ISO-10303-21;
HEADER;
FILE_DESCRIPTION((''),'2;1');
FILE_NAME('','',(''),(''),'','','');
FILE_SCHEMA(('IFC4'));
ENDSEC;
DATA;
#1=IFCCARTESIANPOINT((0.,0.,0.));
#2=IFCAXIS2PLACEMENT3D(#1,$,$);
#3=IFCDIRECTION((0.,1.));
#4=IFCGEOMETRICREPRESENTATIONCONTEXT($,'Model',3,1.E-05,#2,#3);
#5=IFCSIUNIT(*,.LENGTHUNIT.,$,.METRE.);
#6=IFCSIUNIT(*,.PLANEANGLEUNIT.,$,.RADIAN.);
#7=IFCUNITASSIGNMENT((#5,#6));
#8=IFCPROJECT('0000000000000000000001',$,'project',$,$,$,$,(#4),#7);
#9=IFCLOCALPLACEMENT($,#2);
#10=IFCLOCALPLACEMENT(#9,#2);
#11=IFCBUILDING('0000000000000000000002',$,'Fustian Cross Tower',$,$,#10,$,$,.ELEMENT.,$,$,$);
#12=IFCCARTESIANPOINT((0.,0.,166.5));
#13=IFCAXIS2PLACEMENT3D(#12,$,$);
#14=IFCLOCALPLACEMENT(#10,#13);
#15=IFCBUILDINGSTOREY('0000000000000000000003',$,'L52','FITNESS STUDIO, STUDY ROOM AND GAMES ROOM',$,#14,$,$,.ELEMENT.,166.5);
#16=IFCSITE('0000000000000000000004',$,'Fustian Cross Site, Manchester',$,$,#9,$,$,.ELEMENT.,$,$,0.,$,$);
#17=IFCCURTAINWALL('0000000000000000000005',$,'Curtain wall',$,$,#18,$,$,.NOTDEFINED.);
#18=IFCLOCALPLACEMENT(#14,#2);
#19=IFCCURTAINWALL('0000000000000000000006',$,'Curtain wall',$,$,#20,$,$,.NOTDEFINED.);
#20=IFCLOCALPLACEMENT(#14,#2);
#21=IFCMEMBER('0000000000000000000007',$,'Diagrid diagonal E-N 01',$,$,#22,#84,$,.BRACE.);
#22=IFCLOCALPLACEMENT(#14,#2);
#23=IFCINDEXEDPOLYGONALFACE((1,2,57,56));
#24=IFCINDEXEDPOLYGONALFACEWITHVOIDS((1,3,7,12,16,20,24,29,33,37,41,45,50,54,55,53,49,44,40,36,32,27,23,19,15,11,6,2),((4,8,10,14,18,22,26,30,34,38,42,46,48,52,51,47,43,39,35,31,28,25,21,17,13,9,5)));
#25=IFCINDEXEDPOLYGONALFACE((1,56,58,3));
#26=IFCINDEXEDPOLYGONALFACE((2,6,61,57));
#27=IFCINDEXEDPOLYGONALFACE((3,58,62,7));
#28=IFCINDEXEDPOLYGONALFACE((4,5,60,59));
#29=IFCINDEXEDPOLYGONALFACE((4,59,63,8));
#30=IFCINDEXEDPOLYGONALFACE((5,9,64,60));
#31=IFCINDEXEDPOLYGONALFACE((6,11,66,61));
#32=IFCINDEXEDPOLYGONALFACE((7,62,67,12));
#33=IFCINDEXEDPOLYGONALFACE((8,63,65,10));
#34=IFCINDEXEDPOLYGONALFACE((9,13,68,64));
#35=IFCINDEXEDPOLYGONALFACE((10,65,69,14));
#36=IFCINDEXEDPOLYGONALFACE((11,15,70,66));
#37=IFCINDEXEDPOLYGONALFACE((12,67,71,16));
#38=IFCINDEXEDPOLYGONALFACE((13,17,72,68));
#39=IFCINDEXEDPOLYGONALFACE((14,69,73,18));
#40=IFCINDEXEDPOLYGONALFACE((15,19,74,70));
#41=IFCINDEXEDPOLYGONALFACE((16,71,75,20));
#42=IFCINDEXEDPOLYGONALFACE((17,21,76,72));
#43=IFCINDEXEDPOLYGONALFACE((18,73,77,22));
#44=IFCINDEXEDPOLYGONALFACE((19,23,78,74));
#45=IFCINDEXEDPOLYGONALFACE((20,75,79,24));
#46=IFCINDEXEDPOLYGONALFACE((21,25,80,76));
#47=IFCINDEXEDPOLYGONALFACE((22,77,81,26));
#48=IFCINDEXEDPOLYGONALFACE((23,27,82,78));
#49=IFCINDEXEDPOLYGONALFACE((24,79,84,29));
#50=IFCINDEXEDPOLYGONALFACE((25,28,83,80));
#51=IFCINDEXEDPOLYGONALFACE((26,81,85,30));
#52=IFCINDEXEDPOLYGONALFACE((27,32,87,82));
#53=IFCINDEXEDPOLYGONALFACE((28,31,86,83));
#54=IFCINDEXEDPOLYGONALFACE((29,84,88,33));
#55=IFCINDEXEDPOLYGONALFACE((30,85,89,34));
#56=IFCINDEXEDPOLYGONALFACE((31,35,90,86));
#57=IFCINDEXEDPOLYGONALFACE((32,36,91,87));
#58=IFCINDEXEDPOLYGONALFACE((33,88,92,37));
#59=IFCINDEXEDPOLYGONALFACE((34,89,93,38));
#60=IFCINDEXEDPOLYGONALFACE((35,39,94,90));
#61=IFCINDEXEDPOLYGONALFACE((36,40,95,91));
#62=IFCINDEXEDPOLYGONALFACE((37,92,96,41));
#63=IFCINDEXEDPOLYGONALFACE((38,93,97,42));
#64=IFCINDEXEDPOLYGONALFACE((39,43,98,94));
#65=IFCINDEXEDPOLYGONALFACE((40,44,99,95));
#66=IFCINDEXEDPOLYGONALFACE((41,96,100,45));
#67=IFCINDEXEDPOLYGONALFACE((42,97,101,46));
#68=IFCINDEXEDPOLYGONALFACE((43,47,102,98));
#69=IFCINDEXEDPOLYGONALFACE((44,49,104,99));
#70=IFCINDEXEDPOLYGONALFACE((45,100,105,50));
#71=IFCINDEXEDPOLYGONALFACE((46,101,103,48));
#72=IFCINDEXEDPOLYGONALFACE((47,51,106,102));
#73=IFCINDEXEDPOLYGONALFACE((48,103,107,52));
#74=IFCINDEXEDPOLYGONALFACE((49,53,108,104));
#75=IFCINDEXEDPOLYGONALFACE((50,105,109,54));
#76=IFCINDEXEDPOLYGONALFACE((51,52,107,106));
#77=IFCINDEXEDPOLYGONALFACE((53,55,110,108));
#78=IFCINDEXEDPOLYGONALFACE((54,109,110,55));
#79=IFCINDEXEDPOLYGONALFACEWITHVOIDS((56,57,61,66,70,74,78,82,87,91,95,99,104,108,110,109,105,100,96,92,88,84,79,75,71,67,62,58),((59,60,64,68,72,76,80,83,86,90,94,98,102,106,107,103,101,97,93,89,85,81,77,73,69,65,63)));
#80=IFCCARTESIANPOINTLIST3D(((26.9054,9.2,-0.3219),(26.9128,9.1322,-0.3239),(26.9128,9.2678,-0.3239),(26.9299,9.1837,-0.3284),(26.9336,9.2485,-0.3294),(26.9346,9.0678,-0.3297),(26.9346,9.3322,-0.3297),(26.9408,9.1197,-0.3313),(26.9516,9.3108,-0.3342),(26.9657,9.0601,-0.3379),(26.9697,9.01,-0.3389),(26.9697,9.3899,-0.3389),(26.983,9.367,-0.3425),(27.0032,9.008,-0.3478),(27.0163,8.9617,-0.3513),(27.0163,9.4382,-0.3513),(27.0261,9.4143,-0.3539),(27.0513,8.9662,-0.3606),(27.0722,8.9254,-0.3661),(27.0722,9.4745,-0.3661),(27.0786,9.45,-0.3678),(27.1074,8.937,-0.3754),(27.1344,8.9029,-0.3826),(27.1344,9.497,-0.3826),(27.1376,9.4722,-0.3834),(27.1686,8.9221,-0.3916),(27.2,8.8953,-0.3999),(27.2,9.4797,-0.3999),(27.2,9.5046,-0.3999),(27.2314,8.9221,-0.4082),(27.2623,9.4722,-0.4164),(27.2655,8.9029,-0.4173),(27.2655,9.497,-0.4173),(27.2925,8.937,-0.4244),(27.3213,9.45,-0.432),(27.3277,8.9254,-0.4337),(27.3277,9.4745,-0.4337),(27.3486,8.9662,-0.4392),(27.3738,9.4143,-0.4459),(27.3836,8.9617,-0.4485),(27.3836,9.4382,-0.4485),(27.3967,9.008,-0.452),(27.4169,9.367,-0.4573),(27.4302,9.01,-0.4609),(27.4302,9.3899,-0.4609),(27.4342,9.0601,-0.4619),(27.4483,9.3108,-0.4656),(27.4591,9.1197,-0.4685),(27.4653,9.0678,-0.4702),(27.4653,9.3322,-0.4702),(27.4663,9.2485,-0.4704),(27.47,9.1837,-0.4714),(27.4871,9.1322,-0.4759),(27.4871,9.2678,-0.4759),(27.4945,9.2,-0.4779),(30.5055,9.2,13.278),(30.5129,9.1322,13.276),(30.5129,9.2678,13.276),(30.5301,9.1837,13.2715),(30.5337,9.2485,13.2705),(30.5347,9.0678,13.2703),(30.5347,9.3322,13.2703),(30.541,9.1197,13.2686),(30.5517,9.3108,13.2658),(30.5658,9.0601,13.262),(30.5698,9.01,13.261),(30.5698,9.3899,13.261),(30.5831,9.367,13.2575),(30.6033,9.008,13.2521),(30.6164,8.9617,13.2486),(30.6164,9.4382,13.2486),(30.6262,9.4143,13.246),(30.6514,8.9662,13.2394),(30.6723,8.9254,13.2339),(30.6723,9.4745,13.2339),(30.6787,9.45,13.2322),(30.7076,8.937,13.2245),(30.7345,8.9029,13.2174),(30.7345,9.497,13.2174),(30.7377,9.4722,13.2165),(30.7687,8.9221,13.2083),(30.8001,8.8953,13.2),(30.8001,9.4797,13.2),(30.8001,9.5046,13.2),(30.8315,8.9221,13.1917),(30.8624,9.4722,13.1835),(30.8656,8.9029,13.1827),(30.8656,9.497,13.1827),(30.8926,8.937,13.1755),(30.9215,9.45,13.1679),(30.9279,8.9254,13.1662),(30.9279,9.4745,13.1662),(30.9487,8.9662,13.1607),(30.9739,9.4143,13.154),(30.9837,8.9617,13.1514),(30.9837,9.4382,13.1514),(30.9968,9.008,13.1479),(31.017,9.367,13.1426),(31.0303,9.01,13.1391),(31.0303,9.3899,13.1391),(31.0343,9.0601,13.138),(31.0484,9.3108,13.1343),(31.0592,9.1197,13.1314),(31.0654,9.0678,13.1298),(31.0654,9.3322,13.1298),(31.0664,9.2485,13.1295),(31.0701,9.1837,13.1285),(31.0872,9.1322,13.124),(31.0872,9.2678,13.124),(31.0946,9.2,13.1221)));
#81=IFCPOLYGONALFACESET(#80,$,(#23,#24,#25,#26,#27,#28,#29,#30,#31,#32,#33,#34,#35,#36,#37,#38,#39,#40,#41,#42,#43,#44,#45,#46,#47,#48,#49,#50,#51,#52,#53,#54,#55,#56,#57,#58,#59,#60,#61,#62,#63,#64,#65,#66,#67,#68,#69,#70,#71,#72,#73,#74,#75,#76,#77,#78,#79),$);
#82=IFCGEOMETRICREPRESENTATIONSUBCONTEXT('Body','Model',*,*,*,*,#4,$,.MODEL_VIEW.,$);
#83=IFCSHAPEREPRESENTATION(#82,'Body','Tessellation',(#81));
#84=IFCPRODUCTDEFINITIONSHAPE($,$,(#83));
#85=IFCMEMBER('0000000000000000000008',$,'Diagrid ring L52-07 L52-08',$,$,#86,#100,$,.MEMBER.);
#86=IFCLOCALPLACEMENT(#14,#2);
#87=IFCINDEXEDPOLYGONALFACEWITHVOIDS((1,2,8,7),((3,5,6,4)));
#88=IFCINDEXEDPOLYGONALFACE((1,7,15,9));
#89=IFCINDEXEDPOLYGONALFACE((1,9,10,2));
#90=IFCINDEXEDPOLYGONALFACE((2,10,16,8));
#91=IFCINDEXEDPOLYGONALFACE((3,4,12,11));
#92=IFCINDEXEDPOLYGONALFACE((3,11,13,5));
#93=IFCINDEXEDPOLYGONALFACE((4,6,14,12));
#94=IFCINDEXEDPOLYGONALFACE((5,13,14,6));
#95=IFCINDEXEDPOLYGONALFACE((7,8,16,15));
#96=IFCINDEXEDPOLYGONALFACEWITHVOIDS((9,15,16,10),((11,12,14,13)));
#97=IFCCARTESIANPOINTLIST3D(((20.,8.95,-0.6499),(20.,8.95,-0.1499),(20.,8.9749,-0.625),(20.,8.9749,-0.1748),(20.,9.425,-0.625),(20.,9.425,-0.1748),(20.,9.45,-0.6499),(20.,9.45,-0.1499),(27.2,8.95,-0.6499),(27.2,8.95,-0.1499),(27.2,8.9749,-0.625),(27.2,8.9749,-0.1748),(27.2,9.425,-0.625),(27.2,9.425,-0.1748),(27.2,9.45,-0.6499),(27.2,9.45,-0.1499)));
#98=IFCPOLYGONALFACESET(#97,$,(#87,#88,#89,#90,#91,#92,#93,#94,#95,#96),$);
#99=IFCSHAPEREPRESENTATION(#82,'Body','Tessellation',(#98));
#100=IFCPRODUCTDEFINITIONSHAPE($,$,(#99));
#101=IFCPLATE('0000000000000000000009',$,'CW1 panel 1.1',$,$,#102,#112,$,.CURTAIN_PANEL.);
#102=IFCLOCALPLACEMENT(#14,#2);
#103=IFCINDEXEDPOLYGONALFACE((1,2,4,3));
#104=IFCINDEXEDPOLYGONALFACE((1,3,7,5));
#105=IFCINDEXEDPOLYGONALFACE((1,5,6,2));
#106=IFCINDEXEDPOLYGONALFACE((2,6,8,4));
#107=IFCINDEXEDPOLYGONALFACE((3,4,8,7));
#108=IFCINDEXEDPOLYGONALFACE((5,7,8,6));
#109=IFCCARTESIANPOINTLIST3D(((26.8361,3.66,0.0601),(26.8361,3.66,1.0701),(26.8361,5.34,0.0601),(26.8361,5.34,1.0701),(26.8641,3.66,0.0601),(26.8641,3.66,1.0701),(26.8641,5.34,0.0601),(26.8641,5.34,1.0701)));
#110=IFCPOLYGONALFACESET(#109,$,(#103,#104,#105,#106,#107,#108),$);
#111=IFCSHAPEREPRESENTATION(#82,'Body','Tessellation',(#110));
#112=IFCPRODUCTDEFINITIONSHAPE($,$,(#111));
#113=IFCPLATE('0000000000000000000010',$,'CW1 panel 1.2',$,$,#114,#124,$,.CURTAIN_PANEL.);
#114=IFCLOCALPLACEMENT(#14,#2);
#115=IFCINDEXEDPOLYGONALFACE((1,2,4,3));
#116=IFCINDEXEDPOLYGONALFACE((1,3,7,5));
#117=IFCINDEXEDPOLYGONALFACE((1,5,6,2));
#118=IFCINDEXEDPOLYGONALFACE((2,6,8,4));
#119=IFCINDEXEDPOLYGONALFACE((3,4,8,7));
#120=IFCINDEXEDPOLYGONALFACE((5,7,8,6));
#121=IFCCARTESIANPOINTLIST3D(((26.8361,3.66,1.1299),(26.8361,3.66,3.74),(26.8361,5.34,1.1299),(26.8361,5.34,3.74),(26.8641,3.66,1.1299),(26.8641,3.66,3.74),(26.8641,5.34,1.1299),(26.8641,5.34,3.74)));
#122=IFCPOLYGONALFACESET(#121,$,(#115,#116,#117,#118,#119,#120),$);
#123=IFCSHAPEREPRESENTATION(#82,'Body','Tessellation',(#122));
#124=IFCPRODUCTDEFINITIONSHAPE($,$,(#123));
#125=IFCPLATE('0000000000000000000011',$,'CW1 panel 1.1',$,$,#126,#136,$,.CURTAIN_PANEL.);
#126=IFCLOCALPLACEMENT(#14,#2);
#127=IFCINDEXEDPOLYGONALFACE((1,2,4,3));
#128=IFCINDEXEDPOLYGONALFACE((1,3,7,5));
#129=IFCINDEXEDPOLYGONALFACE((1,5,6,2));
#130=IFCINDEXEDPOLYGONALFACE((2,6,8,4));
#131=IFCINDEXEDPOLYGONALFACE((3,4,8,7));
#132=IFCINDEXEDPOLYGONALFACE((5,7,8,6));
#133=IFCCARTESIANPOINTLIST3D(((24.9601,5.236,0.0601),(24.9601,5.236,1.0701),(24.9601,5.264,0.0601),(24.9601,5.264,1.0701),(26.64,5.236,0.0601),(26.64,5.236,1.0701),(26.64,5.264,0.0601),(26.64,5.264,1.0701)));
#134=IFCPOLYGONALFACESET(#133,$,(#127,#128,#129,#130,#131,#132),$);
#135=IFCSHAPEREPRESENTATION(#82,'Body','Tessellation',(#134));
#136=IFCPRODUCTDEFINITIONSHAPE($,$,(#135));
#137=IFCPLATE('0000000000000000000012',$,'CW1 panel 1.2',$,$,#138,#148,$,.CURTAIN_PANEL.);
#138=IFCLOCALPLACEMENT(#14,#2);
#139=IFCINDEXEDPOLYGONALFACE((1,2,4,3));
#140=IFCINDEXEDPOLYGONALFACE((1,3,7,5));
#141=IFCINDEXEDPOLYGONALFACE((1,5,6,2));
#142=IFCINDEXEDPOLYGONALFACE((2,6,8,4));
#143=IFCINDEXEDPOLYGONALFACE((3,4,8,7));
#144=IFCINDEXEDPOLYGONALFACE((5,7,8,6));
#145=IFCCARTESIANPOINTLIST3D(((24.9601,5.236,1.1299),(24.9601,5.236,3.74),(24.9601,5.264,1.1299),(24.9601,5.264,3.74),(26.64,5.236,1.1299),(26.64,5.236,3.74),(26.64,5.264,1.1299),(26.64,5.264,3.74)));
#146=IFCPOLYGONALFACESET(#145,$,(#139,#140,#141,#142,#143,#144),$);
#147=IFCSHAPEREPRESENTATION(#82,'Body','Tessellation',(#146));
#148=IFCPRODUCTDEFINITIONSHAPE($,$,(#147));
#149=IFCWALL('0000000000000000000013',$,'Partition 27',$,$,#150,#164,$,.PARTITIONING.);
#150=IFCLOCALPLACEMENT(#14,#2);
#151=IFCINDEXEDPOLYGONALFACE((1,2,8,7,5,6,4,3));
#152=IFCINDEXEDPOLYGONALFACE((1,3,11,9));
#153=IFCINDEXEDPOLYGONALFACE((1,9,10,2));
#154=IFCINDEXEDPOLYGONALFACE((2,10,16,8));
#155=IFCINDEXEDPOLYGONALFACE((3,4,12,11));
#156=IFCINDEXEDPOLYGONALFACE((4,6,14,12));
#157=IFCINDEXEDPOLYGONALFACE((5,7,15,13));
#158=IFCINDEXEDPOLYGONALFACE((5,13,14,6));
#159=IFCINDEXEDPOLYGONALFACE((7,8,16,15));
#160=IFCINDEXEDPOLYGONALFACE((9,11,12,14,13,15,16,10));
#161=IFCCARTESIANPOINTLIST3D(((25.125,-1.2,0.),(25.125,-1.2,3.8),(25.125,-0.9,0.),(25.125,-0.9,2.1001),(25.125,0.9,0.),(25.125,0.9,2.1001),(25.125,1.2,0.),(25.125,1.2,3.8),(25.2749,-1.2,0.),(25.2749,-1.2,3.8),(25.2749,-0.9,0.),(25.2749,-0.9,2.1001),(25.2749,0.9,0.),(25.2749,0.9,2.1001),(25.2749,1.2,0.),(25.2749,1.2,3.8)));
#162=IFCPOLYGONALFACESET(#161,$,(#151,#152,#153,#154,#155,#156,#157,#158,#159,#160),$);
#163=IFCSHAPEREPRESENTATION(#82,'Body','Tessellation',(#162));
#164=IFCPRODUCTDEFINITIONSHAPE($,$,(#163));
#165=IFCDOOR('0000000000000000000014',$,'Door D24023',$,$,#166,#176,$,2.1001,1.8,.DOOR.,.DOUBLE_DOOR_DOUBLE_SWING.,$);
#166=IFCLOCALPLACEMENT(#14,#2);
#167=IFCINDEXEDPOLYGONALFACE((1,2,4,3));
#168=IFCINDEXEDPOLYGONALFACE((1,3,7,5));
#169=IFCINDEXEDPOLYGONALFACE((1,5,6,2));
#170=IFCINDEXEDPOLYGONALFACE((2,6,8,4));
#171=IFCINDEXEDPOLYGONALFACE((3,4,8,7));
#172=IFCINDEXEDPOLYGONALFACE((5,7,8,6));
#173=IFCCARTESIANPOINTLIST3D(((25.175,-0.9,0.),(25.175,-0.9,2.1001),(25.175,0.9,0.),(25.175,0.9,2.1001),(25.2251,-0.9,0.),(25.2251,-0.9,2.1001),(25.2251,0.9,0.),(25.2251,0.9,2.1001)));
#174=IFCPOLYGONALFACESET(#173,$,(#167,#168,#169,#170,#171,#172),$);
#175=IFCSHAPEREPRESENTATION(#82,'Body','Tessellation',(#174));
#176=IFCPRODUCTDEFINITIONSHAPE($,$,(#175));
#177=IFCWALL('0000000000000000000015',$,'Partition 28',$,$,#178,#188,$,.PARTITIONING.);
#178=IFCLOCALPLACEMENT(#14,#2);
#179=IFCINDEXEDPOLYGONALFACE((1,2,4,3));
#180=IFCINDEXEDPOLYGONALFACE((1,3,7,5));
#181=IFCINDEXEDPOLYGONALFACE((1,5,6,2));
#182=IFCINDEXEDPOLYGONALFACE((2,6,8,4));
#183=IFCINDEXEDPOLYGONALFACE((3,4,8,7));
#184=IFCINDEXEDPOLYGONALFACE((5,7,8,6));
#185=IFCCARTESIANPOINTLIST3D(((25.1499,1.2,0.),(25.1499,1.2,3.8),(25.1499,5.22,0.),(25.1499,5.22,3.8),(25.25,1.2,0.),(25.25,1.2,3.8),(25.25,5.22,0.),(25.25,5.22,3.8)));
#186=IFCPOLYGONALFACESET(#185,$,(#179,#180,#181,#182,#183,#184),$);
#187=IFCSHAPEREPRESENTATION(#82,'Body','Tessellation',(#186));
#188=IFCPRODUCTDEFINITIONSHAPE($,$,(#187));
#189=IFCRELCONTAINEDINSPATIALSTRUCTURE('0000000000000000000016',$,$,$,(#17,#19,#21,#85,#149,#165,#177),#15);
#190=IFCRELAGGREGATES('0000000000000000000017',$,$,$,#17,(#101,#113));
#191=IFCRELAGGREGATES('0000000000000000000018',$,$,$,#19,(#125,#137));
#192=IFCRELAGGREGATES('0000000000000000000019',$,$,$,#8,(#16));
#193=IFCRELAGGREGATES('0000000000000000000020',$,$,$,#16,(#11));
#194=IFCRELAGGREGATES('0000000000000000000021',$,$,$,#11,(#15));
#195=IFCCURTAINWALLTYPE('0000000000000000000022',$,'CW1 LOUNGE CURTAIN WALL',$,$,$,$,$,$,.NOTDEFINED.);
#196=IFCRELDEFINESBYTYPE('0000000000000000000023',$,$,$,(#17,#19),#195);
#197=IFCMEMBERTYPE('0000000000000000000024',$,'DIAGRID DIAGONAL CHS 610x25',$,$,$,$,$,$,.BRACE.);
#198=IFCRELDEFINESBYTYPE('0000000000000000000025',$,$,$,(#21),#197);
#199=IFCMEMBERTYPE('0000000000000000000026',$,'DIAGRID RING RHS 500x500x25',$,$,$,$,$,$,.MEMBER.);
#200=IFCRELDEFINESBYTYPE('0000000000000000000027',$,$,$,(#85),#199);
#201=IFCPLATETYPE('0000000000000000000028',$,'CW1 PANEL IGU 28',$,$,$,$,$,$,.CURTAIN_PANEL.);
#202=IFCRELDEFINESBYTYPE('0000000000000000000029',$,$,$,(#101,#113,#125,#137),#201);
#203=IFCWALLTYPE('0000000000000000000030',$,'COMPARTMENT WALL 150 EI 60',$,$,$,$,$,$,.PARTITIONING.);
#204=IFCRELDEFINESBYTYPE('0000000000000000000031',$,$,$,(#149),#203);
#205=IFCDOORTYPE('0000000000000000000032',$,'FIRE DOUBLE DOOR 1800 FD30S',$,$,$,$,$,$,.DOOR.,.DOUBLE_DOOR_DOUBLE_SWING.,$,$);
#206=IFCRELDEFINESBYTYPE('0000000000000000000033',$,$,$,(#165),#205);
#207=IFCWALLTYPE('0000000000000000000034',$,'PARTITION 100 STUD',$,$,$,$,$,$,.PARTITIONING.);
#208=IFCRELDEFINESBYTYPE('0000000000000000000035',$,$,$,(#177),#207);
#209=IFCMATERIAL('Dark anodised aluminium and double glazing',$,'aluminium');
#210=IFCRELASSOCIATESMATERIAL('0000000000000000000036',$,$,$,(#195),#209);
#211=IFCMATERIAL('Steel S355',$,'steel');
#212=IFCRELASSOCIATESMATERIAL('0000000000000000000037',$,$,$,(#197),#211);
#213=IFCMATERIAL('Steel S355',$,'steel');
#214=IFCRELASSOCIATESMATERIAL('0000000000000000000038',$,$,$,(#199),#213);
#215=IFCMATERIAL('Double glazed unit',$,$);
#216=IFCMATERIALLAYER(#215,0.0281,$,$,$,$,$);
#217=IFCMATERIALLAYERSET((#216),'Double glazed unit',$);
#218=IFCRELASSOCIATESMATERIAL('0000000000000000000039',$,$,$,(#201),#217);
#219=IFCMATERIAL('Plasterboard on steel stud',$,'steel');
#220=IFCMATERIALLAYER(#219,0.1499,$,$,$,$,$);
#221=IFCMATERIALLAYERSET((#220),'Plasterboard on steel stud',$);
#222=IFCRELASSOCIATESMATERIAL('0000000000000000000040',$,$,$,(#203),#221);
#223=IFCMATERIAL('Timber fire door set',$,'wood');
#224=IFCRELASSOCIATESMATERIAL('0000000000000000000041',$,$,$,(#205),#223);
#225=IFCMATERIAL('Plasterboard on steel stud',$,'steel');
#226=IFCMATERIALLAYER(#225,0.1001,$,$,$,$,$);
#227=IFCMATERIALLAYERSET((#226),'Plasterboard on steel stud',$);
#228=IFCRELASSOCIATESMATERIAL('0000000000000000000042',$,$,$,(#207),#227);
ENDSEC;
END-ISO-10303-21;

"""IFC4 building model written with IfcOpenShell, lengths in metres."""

from ifc_helpers import new_model, si_unit, direction, frame, frame_2d, origin, origin_2d, place, context, subcontext, project, spatial, rectangle, hollow_rectangle, hollow_circle, extrude, material, layer, layer_set, material_profile, profile_set, type_object, element, fill, aggregate, save


model = new_model("IFC4")

# Units and contexts
model_context = context("Model", 3, precision=1e-05, world=origin(), true_north=direction((0.0, 1.0)))
body_context = subcontext(model_context, "Body", "Model", "MODEL_VIEW")
ifc_project = project(units=[si_unit("LENGTHUNIT", "METRE"), si_unit("PLANEANGLEUNIT", "RADIAN")], contexts=[model_context])

# Site, building, storey
site_placement = place(None, origin())
site = spatial("IfcSite", under=ifc_project, at=site_placement, Name="Fustian Cross Site, Manchester", CompositionType="ELEMENT", RefElevation=0.0)
building_placement = place(site_placement, origin())
building = spatial("IfcBuilding", under=site, at=building_placement, Name="Fustian Cross Tower", CompositionType="ELEMENT")
storey_placement = place(building_placement, frame((0.0, 0.0, 166.5)))
storey = spatial("IfcBuildingStorey", under=building, at=storey_placement, Name="L52", Description="FITNESS STUDIO, STUDY ROOM AND GAMES ROOM", CompositionType="ELEMENT", Elevation=166.5)

# Curtain walls
ifc_material_1 = material(Name="Dark anodised aluminium and double glazing", Category="aluminium")
curtain_wall_type = type_object("IfcCurtainWallType", Name="CW1 LOUNGE CURTAIN WALL", PredefinedType="NOTDEFINED", material=ifc_material_1)
curtain_wall_1_placement = place(storey_placement, origin())
curtain_wall_1 = element("IfcCurtainWall", 1, at=curtain_wall_1_placement, inside=storey, type_object=curtain_wall_type, Name="Curtain wall", PredefinedType="NOTDEFINED")
curtain_wall_2_placement = place(storey_placement, origin())
curtain_wall_2 = element("IfcCurtainWall", 2, at=curtain_wall_2_placement, inside=storey, type_object=curtain_wall_type, Name="Curtain wall", PredefinedType="NOTDEFINED")

# Members
ifc_material_2 = material(Name="Steel S355", Category="steel")
ifc_material_profile_1 = material_profile(ifc_material_2, hollow_circle(Radius=0.3047, WallThickness=0.0249, at=origin_2d()), Name="CHS 610x25")
ifc_profile_set_1 = profile_set([ifc_material_profile_1], Name="Steel S355")
member_type_1 = type_object("IfcMemberType", Name="DIAGRID DIAGONAL CHS 610x25", PredefinedType="BRACE", material=ifc_profile_set_1)
member_1_placement = place(storey_placement, frame((27.2, 9.2, -0.3999), z_axis=(0.255902, 0.0, 0.966703), x_axis=(0.0, 1.0, 0.0)))
element("IfcMember", 3, at=member_1_placement, inside=storey, type_object=member_type_1, Name="Diagrid diagonal E-N 01", PredefinedType="BRACE", context=body_context, shape_type="SweptSolid", body=[
    extrude(hollow_circle(Radius=0.3047, WallThickness=0.0249, at=origin_2d()), origin(), (0.0, 0.0, 1.0), 14.0684),
])
ifc_material_3 = material(Name="Steel S355", Category="steel")
ifc_material_profile_2 = material_profile(ifc_material_3, hollow_rectangle(XDim=0.5, YDim=0.5, WallThickness=0.0249, at=origin_2d()), Name="RHS 500x500x25")
ifc_profile_set_2 = profile_set([ifc_material_profile_2], Name="Steel S355")
member_type_2 = type_object("IfcMemberType", Name="DIAGRID RING RHS 500x500x25", PredefinedType="MEMBER", material=ifc_profile_set_2)
member_2_placement = place(storey_placement, frame((27.2, 9.2, -0.3999), z_axis=(-1.0, 0.0, 0.0), x_axis=(0.0, -1.0, 0.0)))
element("IfcMember", 4, at=member_2_placement, inside=storey, type_object=member_type_2, Name="Diagrid ring L52-07 L52-08", PredefinedType="MEMBER", context=body_context, shape_type="SweptSolid", body=[
    extrude(hollow_rectangle(XDim=0.5, YDim=0.5, WallThickness=0.0249, at=origin_2d()), origin(), (0.0, 0.0, 1.0), 7.2),
])

# Plates
ifc_material_4 = material(Name="Double glazed unit")
ifc_layer_1 = layer(ifc_material_4, 0.0281)
ifc_layer_set_1 = layer_set([ifc_layer_1], Name="Double glazed unit")
plate_type = type_object("IfcPlateType", Name="CW1 PANEL IGU 28", PredefinedType="CURTAIN_PANEL", material=ifc_layer_set_1)
plate_1_placement = place(storey_placement, frame((26.8501, 4.5, 0.0601), z_axis=(0.0, 0.0, 1.0), x_axis=(0.0, 1.0, 0.0)))
plate_1 = element("IfcPlate", 5, at=plate_1_placement, type_object=plate_type, Name="CW1 panel 1.1", PredefinedType="CURTAIN_PANEL", context=body_context, shape_type="SweptSolid", body=[
    extrude(rectangle(XDim=1.6799, YDim=0.0281, at=origin_2d()), origin(), (0.0, 0.0, 1.0), 1.01),
])
plate_2_placement = place(storey_placement, frame((26.8501, 4.5, 1.1299), z_axis=(0.0, 0.0, 1.0), x_axis=(0.0, 1.0, 0.0)))
plate_2 = element("IfcPlate", 6, at=plate_2_placement, type_object=plate_type, Name="CW1 panel 1.2", PredefinedType="CURTAIN_PANEL", context=body_context, shape_type="SweptSolid", body=[
    extrude(rectangle(XDim=1.6799, YDim=0.0281, at=origin_2d()), origin(), (0.0, 0.0, 1.0), 2.6101),
])
aggregate(curtain_wall_1, [plate_1, plate_2])
plate_3_placement = place(storey_placement, frame((25.8, 5.25, 0.0601), z_axis=(0.0, 0.0, 1.0), x_axis=(-1.0, 0.0, 0.0)))
plate_3 = element("IfcPlate", 7, at=plate_3_placement, type_object=plate_type, Name="CW1 panel 1.1", PredefinedType="CURTAIN_PANEL", context=body_context, shape_type="SweptSolid", body=[
    extrude(rectangle(XDim=1.6799, YDim=0.0281, at=origin_2d()), origin(), (0.0, 0.0, 1.0), 1.01),
])
plate_4_placement = place(storey_placement, frame((25.8, 5.25, 1.1299), z_axis=(0.0, 0.0, 1.0), x_axis=(-1.0, 0.0, 0.0)))
plate_4 = element("IfcPlate", 8, at=plate_4_placement, type_object=plate_type, Name="CW1 panel 1.2", PredefinedType="CURTAIN_PANEL", context=body_context, shape_type="SweptSolid", body=[
    extrude(rectangle(XDim=1.6799, YDim=0.0281, at=origin_2d()), origin(), (0.0, 0.0, 1.0), 2.6101),
])
aggregate(curtain_wall_2, [plate_3, plate_4])

# Wall, opening, door
ifc_material_5 = material(Name="Plasterboard on steel stud", Category="steel")
ifc_layer_2 = layer(ifc_material_5, 0.1499)
ifc_layer_set_2 = layer_set([ifc_layer_2], Name="Plasterboard on steel stud")
wall_type_1 = type_object("IfcWallType", Name="COMPARTMENT WALL 150 EI 60", PredefinedType="PARTITIONING", material=ifc_layer_set_2)
wall_1_placement = place(storey_placement, frame((25.2, -1.2, 0.0), z_axis=(0.0, 0.0, 1.0), x_axis=(0.0, 1.0, 0.0)))
wall_1 = element("IfcWall", 9, at=wall_1_placement, inside=storey, type_object=wall_type_1, Name="Partition 27", PredefinedType="PARTITIONING", context=body_context, shape_type="SweptSolid", body=[
    extrude(rectangle(XDim=2.3999, YDim=0.1499, at=frame_2d((1.2, 0.0))), origin(), (0.0, 0.0, 1.0), 3.8),
])
opening_placement = place(wall_1_placement, frame((0.3, 0.0, 0.0)))
opening = element("IfcOpeningElement", 10, at=opening_placement, cuts=wall_1, PredefinedType="OPENING", context=body_context, shape_type="SweptSolid", body=[
    extrude(rectangle(XDim=1.8, YDim=2.1001, at=frame_2d((0.8999, 1.05))), frame((0.0, 0.085, 0.0), z_axis=(0.0, -1.0, 0.0), x_axis=(1.0, 0.0, 0.0)), (0.0, 0.0, 1.0), 0.1699),
])
ifc_material_6 = material(Name="Timber fire door set", Category="wood")
door_type = type_object("IfcDoorType", Name="FIRE DOUBLE DOOR 1800 FD30S", OperationType="DOUBLE_DOOR_DOUBLE_SWING", PredefinedType="DOOR", material=ifc_material_6)
door_placement = place(opening_placement, origin())
door = element("IfcDoor", 11, at=door_placement, inside=storey, type_object=door_type, Name="Door D24023", OperationType="DOUBLE_DOOR_DOUBLE_SWING", OverallHeight=2.1001, OverallWidth=1.8, PredefinedType="DOOR", context=body_context, shape_type="SweptSolid", body=[
    extrude(rectangle(XDim=1.8, YDim=2.1001, at=frame_2d((0.8999, 1.05))), frame((0.0, 0.0249, 0.0), z_axis=(0.0, -1.0, 0.0), x_axis=(1.0, 0.0, 0.0)), (0.0, 0.0, 1.0), 0.05),
])
fill(opening, door)

# Wall
ifc_material_7 = material(Name="Plasterboard on steel stud", Category="steel")
ifc_layer_3 = layer(ifc_material_7, 0.1001)
ifc_layer_set_3 = layer_set([ifc_layer_3], Name="Plasterboard on steel stud")
wall_type_2 = type_object("IfcWallType", Name="PARTITION 100 STUD", PredefinedType="PARTITIONING", material=ifc_layer_set_3)
wall_2_placement = place(storey_placement, frame((25.2, 1.2, 0.0), z_axis=(0.0, 0.0, 1.0), x_axis=(0.0, 1.0, 0.0)))
element("IfcWall", 12, at=wall_2_placement, inside=storey, type_object=wall_type_2, Name="Partition 28", PredefinedType="PARTITIONING", context=body_context, shape_type="SweptSolid", body=[
    extrude(rectangle(XDim=4.02, YDim=0.1001, at=frame_2d((2.01, 0.0))), origin(), (0.0, 0.0, 1.0), 3.8),
])

save(model, "model.ifc")
